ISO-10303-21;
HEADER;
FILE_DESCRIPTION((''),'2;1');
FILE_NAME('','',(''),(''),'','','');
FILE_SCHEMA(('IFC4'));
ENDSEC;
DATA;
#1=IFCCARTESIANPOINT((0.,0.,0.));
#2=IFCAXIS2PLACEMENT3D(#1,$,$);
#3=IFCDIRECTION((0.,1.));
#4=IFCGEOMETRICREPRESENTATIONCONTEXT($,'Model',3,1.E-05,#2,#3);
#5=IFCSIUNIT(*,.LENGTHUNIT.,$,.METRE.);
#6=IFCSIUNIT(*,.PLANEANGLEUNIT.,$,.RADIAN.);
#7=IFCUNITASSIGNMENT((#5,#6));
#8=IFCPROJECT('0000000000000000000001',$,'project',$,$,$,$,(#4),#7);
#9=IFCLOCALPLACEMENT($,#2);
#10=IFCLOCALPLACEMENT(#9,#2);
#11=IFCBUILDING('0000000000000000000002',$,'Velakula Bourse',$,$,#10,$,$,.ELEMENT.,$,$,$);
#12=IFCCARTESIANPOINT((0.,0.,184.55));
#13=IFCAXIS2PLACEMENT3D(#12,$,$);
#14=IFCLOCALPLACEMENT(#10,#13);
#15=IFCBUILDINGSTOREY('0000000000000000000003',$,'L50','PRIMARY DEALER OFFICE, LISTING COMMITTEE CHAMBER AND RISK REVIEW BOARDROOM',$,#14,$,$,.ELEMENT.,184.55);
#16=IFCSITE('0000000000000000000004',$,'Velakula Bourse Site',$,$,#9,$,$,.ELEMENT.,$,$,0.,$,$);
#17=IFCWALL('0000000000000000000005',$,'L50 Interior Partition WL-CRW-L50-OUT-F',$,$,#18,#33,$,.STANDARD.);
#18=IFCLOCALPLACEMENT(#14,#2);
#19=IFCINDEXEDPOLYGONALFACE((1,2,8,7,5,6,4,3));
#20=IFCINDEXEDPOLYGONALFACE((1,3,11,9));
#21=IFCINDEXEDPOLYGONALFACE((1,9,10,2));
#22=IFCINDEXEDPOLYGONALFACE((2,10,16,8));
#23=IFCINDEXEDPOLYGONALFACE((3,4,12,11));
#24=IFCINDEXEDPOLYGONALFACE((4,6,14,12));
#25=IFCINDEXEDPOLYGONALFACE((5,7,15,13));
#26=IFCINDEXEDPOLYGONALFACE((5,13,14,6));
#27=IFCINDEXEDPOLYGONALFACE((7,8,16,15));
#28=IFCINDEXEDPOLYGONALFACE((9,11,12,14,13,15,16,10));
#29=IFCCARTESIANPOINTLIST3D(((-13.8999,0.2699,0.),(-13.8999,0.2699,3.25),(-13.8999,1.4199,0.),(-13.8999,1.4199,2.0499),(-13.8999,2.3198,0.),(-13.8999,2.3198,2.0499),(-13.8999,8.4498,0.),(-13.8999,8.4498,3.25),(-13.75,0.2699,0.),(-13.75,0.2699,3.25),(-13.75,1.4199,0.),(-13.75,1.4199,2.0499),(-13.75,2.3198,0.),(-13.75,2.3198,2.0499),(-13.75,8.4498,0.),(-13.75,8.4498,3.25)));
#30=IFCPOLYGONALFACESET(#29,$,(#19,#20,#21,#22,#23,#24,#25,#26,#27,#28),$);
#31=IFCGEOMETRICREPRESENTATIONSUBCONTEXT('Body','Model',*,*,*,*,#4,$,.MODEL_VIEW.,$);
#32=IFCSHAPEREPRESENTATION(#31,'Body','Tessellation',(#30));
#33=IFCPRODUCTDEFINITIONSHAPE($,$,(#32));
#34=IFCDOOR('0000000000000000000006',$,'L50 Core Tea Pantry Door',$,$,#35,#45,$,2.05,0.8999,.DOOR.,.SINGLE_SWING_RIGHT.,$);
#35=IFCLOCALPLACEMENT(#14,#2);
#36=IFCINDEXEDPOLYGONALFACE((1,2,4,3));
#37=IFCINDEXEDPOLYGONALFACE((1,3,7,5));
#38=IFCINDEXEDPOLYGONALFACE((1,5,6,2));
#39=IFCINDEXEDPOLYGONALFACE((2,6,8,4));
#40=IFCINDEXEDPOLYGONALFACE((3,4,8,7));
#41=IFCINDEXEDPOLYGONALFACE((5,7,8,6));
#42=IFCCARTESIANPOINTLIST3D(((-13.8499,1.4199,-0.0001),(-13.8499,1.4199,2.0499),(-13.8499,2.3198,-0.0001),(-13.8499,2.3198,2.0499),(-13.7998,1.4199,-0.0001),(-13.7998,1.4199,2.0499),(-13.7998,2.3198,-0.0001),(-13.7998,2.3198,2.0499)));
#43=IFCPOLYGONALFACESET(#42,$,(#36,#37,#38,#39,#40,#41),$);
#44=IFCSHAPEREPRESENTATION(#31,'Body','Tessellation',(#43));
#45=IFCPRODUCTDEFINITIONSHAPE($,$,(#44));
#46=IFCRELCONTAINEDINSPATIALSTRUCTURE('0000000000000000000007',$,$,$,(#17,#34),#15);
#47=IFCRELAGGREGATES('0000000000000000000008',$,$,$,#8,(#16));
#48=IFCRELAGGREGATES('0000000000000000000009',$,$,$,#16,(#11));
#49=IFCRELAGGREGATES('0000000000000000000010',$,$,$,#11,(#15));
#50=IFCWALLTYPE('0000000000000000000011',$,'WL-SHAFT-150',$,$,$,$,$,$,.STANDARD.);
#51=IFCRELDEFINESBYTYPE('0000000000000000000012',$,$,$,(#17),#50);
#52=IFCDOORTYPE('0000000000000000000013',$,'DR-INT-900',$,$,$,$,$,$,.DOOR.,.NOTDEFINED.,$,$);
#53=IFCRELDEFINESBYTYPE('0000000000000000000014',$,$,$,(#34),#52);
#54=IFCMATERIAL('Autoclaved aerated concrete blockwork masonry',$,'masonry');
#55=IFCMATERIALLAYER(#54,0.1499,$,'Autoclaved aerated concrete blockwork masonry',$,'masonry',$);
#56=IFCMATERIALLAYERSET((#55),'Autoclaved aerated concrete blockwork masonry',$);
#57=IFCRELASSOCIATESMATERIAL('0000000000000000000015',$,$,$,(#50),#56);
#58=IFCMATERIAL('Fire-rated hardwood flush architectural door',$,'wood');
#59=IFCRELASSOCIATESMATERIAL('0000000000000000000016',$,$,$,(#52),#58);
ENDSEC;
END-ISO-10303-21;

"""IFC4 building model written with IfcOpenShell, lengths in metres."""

from ifc_helpers import new_model, si_unit, direction, frame, frame_2d, origin, place, context, subcontext, project, spatial, rectangle, extrude, material, layer, layer_set, type_object, element, fill, save


model = new_model("IFC4")

# Units and contexts
model_context = context("Model", 3, precision=1e-05, world=origin(), true_north=direction((0.0, 1.0)))
body_context = subcontext(model_context, "Body", "Model", "MODEL_VIEW")
ifc_project = project(units=[si_unit("LENGTHUNIT", "METRE"), si_unit("PLANEANGLEUNIT", "RADIAN")], contexts=[model_context])

# Site, building, storey
site_placement = place(None, origin())
site = spatial("IfcSite", under=ifc_project, at=site_placement, Name="Velakula Bourse Site", CompositionType="ELEMENT", RefElevation=0.0)
building_placement = place(site_placement, origin())
building = spatial("IfcBuilding", under=site, at=building_placement, Name="Velakula Bourse", CompositionType="ELEMENT")
storey_placement = place(building_placement, frame((0.0, 0.0, 184.55)))
storey = spatial("IfcBuildingStorey", under=building, at=storey_placement, Name="L50", Description="PRIMARY DEALER OFFICE, LISTING COMMITTEE CHAMBER AND RISK REVIEW BOARDROOM", CompositionType="ELEMENT", Elevation=184.55)

# Shared definitions
ifc_material_1 = material(Name="Fire-rated hardwood flush architectural door", Category="wood")

# Shared definitions
ifc_material_2 = material(Name="Autoclaved aerated concrete blockwork masonry", Category="masonry")
ifc_layer_1 = layer(ifc_material_2, 0.1499, Name="Autoclaved aerated concrete blockwork masonry", Category="masonry")
ifc_layer_set_1 = layer_set([ifc_layer_1], Name="Autoclaved aerated concrete blockwork masonry")
wall_type_1 = type_object("IfcWallType", Name="WL-SHAFT-150", PredefinedType="STANDARD", material=ifc_layer_set_1)

# Wall, opening, door
wall_1_placement = place(storey_placement, frame((-13.825, 0.27, 0.0), z_axis=(0.0, 0.0, 1.0), x_axis=(0.0, 1.0, 0.0)))
wall_1 = element("IfcWall", 1, at=wall_1_placement, inside=storey, type_object=wall_type_1, Name="L50 Interior Partition WL-CRW-L50-OUT-F", PredefinedType="STANDARD", context=body_context, shape_type="SweptSolid", body=[
    extrude(rectangle(XDim=8.1799, YDim=0.1499, at=frame_2d((4.0898, 0.0))), origin(), (0.0, 0.0, 1.0), 3.25),
])
opening_1_placement = place(wall_1_placement, frame((1.1499, 0.0, 0.0)))
opening_1 = element("IfcOpeningElement", 2, at=opening_1_placement, cuts=wall_1, PredefinedType="OPENING", context=body_context, shape_type="SweptSolid", body=[
    extrude(rectangle(XDim=0.8999, YDim=2.05, at=frame_2d((0.45, 1.0249))), frame((0.0, 0.085, 0.0), z_axis=(0.0, -1.0, 0.0), x_axis=(1.0, 0.0, 0.0)), (0.0, 0.0, 1.0), 0.1699),
])
door_type_1 = type_object("IfcDoorType", Name="DR-INT-900", OperationType="NOTDEFINED", PredefinedType="DOOR", material=ifc_material_1)
door_1_placement = place(opening_1_placement, origin())
door_1 = element("IfcDoor", 3, at=door_1_placement, inside=storey, type_object=door_type_1, Name="L50 Core Tea Pantry Door", OperationType="SINGLE_SWING_RIGHT", OverallHeight=2.05, OverallWidth=0.8999, PredefinedType="DOOR", context=body_context, shape_type="SweptSolid", body=[
    extrude(rectangle(XDim=0.8999, YDim=2.05, at=frame_2d((0.45, 1.0249))), frame((0.0, 0.0249, 0.0), z_axis=(0.0, -1.0, 0.0), x_axis=(1.0, 0.0, 0.0)), (0.0, 0.0, 1.0), 0.05),
])
fill(opening_1, door_1)

save(model, "model.ifc")
